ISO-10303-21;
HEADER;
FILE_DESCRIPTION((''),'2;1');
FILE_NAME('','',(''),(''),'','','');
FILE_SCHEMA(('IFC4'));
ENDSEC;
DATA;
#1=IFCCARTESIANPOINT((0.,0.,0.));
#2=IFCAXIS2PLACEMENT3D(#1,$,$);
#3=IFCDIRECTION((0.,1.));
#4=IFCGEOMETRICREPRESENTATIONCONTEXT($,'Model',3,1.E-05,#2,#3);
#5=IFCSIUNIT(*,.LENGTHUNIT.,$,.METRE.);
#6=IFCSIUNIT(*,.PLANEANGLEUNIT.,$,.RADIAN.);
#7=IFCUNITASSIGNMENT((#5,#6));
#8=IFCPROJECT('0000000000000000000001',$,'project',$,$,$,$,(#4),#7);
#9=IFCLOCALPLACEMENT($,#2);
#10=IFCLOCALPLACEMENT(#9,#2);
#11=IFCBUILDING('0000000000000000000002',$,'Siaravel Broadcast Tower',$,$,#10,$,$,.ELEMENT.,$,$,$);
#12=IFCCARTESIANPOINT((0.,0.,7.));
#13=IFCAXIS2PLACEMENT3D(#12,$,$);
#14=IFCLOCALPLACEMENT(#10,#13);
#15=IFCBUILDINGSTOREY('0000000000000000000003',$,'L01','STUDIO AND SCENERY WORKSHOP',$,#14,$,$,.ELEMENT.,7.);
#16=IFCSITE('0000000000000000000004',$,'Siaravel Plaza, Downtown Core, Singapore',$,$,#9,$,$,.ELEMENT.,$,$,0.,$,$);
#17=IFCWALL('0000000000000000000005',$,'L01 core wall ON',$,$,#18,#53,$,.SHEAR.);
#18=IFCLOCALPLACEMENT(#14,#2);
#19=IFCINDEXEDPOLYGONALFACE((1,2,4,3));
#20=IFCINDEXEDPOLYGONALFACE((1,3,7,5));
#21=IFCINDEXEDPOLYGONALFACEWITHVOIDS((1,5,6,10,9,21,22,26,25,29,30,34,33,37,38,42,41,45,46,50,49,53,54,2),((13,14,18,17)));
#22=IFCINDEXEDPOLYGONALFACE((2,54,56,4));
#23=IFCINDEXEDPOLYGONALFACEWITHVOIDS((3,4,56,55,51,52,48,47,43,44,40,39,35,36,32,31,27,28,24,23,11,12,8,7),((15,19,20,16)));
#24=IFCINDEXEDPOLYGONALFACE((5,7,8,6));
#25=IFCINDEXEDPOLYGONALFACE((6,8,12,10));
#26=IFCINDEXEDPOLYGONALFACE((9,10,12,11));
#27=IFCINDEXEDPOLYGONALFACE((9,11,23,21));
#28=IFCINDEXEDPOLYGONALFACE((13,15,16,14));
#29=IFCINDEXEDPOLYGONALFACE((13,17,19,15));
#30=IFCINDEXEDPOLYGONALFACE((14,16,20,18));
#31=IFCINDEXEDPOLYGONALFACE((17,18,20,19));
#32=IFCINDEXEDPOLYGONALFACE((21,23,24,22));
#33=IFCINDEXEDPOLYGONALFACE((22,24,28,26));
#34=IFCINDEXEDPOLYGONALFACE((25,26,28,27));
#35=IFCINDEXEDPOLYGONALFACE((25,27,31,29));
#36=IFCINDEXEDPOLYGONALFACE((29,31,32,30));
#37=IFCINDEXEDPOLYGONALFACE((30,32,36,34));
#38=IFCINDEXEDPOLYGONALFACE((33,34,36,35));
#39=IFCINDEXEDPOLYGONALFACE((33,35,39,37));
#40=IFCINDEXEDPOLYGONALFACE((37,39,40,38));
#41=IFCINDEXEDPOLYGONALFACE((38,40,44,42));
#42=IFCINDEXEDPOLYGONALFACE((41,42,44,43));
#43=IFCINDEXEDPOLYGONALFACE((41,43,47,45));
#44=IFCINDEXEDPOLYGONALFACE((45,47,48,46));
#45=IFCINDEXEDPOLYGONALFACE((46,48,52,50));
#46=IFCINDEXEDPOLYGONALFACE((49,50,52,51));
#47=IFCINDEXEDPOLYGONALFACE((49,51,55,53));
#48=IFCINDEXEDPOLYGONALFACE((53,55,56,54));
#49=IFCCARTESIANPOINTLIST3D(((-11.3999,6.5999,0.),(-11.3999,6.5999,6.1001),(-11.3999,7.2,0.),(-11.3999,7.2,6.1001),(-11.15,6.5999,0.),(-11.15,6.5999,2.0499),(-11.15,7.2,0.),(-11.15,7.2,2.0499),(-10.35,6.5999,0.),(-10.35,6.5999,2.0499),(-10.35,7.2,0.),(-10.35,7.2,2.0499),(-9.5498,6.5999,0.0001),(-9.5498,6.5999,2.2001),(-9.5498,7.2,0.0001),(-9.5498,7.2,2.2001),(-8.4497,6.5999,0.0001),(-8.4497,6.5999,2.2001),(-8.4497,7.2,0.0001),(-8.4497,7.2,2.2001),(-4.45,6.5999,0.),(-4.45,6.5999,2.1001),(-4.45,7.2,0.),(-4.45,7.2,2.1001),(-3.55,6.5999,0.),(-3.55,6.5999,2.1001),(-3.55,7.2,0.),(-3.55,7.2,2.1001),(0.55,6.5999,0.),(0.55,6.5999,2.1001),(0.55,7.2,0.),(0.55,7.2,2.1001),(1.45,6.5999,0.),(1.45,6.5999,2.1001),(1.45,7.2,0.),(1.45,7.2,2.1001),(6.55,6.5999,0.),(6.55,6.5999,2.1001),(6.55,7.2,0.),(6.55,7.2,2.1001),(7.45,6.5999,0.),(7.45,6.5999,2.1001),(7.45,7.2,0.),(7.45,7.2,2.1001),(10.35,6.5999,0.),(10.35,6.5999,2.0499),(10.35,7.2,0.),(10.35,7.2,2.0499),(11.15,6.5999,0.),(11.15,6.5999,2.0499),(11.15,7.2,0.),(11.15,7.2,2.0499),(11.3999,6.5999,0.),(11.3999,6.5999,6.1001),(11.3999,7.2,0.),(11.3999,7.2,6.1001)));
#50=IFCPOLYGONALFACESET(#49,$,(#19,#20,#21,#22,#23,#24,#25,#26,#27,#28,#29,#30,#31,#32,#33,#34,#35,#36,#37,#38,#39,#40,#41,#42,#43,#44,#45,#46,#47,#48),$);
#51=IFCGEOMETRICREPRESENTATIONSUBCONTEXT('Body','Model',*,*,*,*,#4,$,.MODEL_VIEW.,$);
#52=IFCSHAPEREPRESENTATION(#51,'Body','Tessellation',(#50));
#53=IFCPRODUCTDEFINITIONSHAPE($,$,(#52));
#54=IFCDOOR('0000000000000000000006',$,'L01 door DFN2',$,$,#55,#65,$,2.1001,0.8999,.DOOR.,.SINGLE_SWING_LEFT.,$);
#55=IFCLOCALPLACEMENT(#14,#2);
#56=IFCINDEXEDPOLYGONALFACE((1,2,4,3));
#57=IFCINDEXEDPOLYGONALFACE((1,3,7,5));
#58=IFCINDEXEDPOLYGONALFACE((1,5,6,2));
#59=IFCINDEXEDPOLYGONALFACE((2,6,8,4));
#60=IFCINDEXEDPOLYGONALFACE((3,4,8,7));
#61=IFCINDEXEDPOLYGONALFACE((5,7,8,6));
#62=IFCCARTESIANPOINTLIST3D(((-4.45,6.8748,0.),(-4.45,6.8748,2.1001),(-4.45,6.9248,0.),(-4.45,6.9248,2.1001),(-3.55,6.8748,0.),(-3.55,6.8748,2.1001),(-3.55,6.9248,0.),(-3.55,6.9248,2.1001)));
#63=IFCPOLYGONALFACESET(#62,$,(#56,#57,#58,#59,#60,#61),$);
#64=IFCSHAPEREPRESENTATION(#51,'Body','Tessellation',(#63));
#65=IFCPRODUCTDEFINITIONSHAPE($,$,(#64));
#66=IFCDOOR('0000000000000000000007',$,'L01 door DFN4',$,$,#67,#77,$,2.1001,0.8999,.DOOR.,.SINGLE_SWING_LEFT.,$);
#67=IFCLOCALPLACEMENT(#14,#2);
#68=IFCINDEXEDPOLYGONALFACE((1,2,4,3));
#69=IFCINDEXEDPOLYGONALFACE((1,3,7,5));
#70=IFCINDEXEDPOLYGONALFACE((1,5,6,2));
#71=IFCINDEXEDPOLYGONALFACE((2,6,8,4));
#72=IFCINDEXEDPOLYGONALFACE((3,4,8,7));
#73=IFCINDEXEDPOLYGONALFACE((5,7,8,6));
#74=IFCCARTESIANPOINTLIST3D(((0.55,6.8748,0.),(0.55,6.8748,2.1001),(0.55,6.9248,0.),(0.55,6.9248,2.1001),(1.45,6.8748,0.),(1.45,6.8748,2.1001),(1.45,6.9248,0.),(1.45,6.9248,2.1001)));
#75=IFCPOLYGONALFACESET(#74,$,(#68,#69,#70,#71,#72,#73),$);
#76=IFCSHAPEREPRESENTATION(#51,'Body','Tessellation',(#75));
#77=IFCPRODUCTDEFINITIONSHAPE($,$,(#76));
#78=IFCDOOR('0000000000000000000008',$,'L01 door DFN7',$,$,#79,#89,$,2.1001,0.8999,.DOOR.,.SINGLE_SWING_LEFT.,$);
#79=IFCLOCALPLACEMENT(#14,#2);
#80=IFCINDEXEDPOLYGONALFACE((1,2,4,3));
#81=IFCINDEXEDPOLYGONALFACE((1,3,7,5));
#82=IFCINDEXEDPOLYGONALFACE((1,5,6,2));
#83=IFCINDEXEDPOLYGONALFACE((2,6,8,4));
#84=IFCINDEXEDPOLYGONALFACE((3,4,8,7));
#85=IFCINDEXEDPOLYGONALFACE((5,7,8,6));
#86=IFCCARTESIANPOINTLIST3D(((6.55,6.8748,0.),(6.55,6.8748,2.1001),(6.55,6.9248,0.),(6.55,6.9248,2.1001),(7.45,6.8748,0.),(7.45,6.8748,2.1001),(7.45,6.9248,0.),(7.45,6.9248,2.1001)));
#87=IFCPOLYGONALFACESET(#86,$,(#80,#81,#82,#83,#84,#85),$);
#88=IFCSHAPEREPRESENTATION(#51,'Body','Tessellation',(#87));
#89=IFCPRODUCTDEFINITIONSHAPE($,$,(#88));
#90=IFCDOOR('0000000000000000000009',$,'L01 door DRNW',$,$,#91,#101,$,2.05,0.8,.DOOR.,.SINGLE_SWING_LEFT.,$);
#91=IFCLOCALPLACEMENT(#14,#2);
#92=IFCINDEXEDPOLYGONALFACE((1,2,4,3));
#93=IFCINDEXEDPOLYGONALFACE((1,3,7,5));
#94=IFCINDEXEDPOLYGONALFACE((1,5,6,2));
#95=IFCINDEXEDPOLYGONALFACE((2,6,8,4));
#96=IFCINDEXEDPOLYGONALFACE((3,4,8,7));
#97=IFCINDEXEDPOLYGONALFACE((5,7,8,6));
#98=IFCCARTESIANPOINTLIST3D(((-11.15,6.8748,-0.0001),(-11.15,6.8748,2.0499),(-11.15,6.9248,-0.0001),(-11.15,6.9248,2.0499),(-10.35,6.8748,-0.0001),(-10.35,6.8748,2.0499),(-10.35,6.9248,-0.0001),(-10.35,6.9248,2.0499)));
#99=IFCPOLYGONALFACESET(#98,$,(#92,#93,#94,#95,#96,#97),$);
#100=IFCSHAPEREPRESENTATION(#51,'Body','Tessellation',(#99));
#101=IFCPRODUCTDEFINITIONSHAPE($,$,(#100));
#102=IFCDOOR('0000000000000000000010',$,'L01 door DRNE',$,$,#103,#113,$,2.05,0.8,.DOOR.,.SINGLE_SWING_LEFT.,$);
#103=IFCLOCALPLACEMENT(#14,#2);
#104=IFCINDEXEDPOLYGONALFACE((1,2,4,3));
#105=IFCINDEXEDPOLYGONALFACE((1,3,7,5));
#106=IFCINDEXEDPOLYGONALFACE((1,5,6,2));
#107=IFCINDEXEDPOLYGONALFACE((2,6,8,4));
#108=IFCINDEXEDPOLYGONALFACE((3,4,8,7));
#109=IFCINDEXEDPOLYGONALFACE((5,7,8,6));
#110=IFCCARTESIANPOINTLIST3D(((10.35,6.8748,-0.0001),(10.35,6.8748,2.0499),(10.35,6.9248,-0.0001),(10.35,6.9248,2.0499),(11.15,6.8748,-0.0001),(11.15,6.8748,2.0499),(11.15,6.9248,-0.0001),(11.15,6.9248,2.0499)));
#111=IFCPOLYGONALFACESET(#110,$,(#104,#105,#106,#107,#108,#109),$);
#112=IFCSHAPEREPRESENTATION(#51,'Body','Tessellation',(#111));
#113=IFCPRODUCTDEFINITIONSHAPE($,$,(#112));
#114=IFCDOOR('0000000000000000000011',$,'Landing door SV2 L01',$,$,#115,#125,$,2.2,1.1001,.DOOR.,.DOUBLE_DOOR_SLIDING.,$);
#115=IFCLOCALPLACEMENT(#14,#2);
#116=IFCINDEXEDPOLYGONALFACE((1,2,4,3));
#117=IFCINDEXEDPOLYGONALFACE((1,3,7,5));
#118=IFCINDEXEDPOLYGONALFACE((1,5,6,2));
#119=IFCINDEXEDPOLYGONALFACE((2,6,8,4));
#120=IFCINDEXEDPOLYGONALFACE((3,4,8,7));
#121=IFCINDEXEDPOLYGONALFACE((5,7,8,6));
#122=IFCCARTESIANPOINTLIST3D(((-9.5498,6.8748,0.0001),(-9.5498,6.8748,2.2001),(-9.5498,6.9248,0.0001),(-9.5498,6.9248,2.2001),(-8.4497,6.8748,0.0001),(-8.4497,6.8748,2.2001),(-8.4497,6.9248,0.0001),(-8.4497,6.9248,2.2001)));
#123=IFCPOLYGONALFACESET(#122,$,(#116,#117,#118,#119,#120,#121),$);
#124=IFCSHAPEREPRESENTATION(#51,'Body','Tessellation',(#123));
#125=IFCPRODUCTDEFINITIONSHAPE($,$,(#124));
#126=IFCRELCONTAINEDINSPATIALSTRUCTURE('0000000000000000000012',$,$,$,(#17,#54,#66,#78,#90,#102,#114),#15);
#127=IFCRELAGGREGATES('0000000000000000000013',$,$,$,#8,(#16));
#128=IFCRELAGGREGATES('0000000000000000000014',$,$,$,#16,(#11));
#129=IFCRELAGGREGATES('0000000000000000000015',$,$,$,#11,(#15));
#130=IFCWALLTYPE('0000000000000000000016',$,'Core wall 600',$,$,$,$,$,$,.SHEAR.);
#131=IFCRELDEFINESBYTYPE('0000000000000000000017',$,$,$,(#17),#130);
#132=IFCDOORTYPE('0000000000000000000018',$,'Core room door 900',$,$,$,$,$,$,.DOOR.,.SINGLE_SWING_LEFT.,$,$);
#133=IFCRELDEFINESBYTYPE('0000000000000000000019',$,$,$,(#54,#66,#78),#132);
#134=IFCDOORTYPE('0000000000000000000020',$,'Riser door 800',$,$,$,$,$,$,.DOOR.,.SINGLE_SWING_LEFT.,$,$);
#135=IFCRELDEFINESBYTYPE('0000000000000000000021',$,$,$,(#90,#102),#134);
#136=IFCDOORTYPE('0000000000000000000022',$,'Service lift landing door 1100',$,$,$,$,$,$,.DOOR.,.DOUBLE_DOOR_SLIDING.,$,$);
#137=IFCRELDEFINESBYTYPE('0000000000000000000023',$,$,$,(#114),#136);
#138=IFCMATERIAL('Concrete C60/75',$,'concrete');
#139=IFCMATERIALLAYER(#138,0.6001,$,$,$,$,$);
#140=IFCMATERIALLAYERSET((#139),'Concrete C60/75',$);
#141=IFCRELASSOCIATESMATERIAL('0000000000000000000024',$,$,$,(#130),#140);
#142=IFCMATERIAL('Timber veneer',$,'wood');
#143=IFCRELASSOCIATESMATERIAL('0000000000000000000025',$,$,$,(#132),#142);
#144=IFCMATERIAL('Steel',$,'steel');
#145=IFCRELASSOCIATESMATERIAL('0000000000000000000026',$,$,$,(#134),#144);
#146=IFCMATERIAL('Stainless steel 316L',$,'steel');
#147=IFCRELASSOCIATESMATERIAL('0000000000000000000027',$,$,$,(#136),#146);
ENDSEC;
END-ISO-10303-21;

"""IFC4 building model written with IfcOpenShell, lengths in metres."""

from ifc_helpers import new_model, si_unit, direction, frame, frame_2d, origin, place, context, subcontext, project, spatial, rectangle, extrude, material, layer, layer_set, type_object, element, fill, save


model = new_model("IFC4")

# Units and contexts
model_context = context("Model", 3, precision=1e-05, world=origin(), true_north=direction((0.0, 1.0)))
body_context = subcontext(model_context, "Body", "Model", "MODEL_VIEW")
ifc_project = project(units=[si_unit("LENGTHUNIT", "METRE"), si_unit("PLANEANGLEUNIT", "RADIAN")], contexts=[model_context])

# Site, building, storey
site_placement = place(None, origin())
site = spatial("IfcSite", under=ifc_project, at=site_placement, Name="Siaravel Plaza, Downtown Core, Singapore", CompositionType="ELEMENT", RefElevation=0.0)
building_placement = place(site_placement, origin())
building = spatial("IfcBuilding", under=site, at=building_placement, Name="Siaravel Broadcast Tower", CompositionType="ELEMENT")
storey_placement = place(building_placement, frame((0.0, 0.0, 7.0)))
storey = spatial("IfcBuildingStorey", under=building, at=storey_placement, Name="L01", Description="STUDIO AND SCENERY WORKSHOP", CompositionType="ELEMENT", Elevation=7.0)

# Wall, openings, doors
ifc_material_1 = material(Name="Concrete C60/75", Category="concrete")
ifc_layer_1 = layer(ifc_material_1, 0.6001)
ifc_layer_set_1 = layer_set([ifc_layer_1], Name="Concrete C60/75")
wall_type_1 = type_object("IfcWallType", Name="Core wall 600", PredefinedType="SHEAR", material=ifc_layer_set_1)
wall_1_placement = place(storey_placement, frame((-11.3999, 6.8999, 0.0), z_axis=(0.0, 0.0, 1.0), x_axis=(1.0, 0.0, 0.0)))
wall_1 = element("IfcWall", 1, at=wall_1_placement, inside=storey, type_object=wall_type_1, Name="L01 core wall ON", PredefinedType="SHEAR", context=body_context, shape_type="SweptSolid", body=[
    extrude(rectangle(XDim=22.7998, YDim=0.6001, at=frame_2d((11.3999, 0.0))), origin(), (0.0, 0.0, 1.0), 6.1001),
])
opening_1_placement = place(wall_1_placement, frame((1.8501, 0.0, 0.0)))
opening_1 = element("IfcOpeningElement", 2, at=opening_1_placement, cuts=wall_1, PredefinedType="OPENING", context=body_context, shape_type="SweptSolid", body=[
    extrude(rectangle(XDim=1.1001, YDim=2.2, at=frame_2d((0.55, 1.1001))), frame((0.0, 0.3101, 0.0), z_axis=(0.0, -1.0, 0.0), x_axis=(1.0, 0.0, 0.0)), (0.0, 0.0, 1.0), 0.6201),
])
opening_2_placement = place(wall_1_placement, frame((6.95, 0.0, 0.0)))
opening_2 = element("IfcOpeningElement", 3, at=opening_2_placement, cuts=wall_1, PredefinedType="OPENING", context=body_context, shape_type="SweptSolid", body=[
    extrude(rectangle(XDim=0.8999, YDim=2.1001, at=frame_2d((0.45, 1.05))), frame((0.0, 0.3101, 0.0), z_axis=(0.0, -1.0, 0.0), x_axis=(1.0, 0.0, 0.0)), (0.0, 0.0, 1.0), 0.6201),
])
opening_3_placement = place(wall_1_placement, frame((11.95, 0.0, 0.0)))
opening_3 = element("IfcOpeningElement", 4, at=opening_3_placement, cuts=wall_1, PredefinedType="OPENING", context=body_context, shape_type="SweptSolid", body=[
    extrude(rectangle(XDim=0.8999, YDim=2.1001, at=frame_2d((0.45, 1.05))), frame((0.0, 0.3101, 0.0), z_axis=(0.0, -1.0, 0.0), x_axis=(1.0, 0.0, 0.0)), (0.0, 0.0, 1.0), 0.6201),
])
opening_4_placement = place(wall_1_placement, frame((17.95, 0.0, 0.0)))
opening_4 = element("IfcOpeningElement", 5, at=opening_4_placement, cuts=wall_1, PredefinedType="OPENING", context=body_context, shape_type="SweptSolid", body=[
    extrude(rectangle(XDim=0.8999, YDim=2.1001, at=frame_2d((0.45, 1.05))), frame((0.0, 0.3101, 0.0), z_axis=(0.0, -1.0, 0.0), x_axis=(1.0, 0.0, 0.0)), (0.0, 0.0, 1.0), 0.6201),
])
opening_5_placement = place(wall_1_placement, frame((0.25, 0.0, 0.0)))
opening_5 = element("IfcOpeningElement", 6, at=opening_5_placement, cuts=wall_1, PredefinedType="OPENING", context=body_context, shape_type="SweptSolid", body=[
    extrude(rectangle(XDim=0.8, YDim=2.05, at=frame_2d((0.3999, 1.0249))), frame((0.0, 0.3101, 0.0), z_axis=(0.0, -1.0, 0.0), x_axis=(1.0, 0.0, 0.0)), (0.0, 0.0, 1.0), 0.6201),
])
opening_6_placement = place(wall_1_placement, frame((21.75, 0.0, 0.0)))
opening_6 = element("IfcOpeningElement", 7, at=opening_6_placement, cuts=wall_1, PredefinedType="OPENING", context=body_context, shape_type="SweptSolid", body=[
    extrude(rectangle(XDim=0.8, YDim=2.05, at=frame_2d((0.3999, 1.0249))), frame((0.0, 0.3101, 0.0), z_axis=(0.0, -1.0, 0.0), x_axis=(1.0, 0.0, 0.0)), (0.0, 0.0, 1.0), 0.6201),
])
ifc_material_2 = material(Name="Timber veneer", Category="wood")
door_type_1 = type_object("IfcDoorType", Name="Core room door 900", OperationType="SINGLE_SWING_LEFT", PredefinedType="DOOR", material=ifc_material_2)
door_1_placement = place(opening_2_placement, origin())
door_1 = element("IfcDoor", 8, at=door_1_placement, inside=storey, type_object=door_type_1, Name="L01 door DFN2", OperationType="SINGLE_SWING_LEFT", OverallHeight=2.1001, OverallWidth=0.8999, PredefinedType="DOOR", context=body_context, shape_type="SweptSolid", body=[
    extrude(rectangle(XDim=0.8999, YDim=2.1001, at=frame_2d((0.45, 1.05))), frame((0.0, 0.0249, 0.0), z_axis=(0.0, -1.0, 0.0), x_axis=(1.0, 0.0, 0.0)), (0.0, 0.0, 1.0), 0.05),
])
fill(opening_2, door_1)
door_2_placement = place(opening_3_placement, origin())
door_2 = element("IfcDoor", 9, at=door_2_placement, inside=storey, type_object=door_type_1, Name="L01 door DFN4", OperationType="SINGLE_SWING_LEFT", OverallHeight=2.1001, OverallWidth=0.8999, PredefinedType="DOOR", context=body_context, shape_type="SweptSolid", body=[
    extrude(rectangle(XDim=0.8999, YDim=2.1001, at=frame_2d((0.45, 1.05))), frame((0.0, 0.0249, 0.0), z_axis=(0.0, -1.0, 0.0), x_axis=(1.0, 0.0, 0.0)), (0.0, 0.0, 1.0), 0.05),
])
fill(opening_3, door_2)
door_3_placement = place(opening_4_placement, origin())
door_3 = element("IfcDoor", 10, at=door_3_placement, inside=storey, type_object=door_type_1, Name="L01 door DFN7", OperationType="SINGLE_SWING_LEFT", OverallHeight=2.1001, OverallWidth=0.8999, PredefinedType="DOOR", context=body_context, shape_type="SweptSolid", body=[
    extrude(rectangle(XDim=0.8999, YDim=2.1001, at=frame_2d((0.45, 1.05))), frame((0.0, 0.0249, 0.0), z_axis=(0.0, -1.0, 0.0), x_axis=(1.0, 0.0, 0.0)), (0.0, 0.0, 1.0), 0.05),
])
fill(opening_4, door_3)
ifc_material_3 = material(Name="Steel", Category="steel")
door_type_2 = type_object("IfcDoorType", Name="Riser door 800", OperationType="SINGLE_SWING_LEFT", PredefinedType="DOOR", material=ifc_material_3)
door_4_placement = place(opening_5_placement, origin())
door_4 = element("IfcDoor", 11, at=door_4_placement, inside=storey, type_object=door_type_2, Name="L01 door DRNW", OperationType="SINGLE_SWING_LEFT", OverallHeight=2.05, OverallWidth=0.8, PredefinedType="DOOR", context=body_context, shape_type="SweptSolid", body=[
    extrude(rectangle(XDim=0.8, YDim=2.05, at=frame_2d((0.3999, 1.0249))), frame((0.0, 0.0249, 0.0), z_axis=(0.0, -1.0, 0.0), x_axis=(1.0, 0.0, 0.0)), (0.0, 0.0, 1.0), 0.05),
])
fill(opening_5, door_4)
door_5_placement = place(opening_6_placement, origin())
door_5 = element("IfcDoor", 12, at=door_5_placement, inside=storey, type_object=door_type_2, Name="L01 door DRNE", OperationType="SINGLE_SWING_LEFT", OverallHeight=2.05, OverallWidth=0.8, PredefinedType="DOOR", context=body_context, shape_type="SweptSolid", body=[
    extrude(rectangle(XDim=0.8, YDim=2.05, at=frame_2d((0.3999, 1.0249))), frame((0.0, 0.0249, 0.0), z_axis=(0.0, -1.0, 0.0), x_axis=(1.0, 0.0, 0.0)), (0.0, 0.0, 1.0), 0.05),
])
fill(opening_6, door_5)
ifc_material_4 = material(Name="Stainless steel 316L", Category="steel")
door_type_3 = type_object("IfcDoorType", Name="Service lift landing door 1100", OperationType="DOUBLE_DOOR_SLIDING", PredefinedType="DOOR", material=ifc_material_4)
door_6_placement = place(opening_1_placement, origin())
door_6 = element("IfcDoor", 13, at=door_6_placement, inside=storey, type_object=door_type_3, Name="Landing door SV2 L01", OperationType="DOUBLE_DOOR_SLIDING", OverallHeight=2.2, OverallWidth=1.1001, PredefinedType="DOOR", context=body_context, shape_type="SweptSolid", body=[
    extrude(rectangle(XDim=1.1001, YDim=2.2, at=frame_2d((0.55, 1.1001))), frame((0.0, 0.0249, 0.0), z_axis=(0.0, -1.0, 0.0), x_axis=(1.0, 0.0, 0.0)), (0.0, 0.0, 1.0), 0.05),
])
fill(opening_1, door_6)

save(model, "model.ifc")
